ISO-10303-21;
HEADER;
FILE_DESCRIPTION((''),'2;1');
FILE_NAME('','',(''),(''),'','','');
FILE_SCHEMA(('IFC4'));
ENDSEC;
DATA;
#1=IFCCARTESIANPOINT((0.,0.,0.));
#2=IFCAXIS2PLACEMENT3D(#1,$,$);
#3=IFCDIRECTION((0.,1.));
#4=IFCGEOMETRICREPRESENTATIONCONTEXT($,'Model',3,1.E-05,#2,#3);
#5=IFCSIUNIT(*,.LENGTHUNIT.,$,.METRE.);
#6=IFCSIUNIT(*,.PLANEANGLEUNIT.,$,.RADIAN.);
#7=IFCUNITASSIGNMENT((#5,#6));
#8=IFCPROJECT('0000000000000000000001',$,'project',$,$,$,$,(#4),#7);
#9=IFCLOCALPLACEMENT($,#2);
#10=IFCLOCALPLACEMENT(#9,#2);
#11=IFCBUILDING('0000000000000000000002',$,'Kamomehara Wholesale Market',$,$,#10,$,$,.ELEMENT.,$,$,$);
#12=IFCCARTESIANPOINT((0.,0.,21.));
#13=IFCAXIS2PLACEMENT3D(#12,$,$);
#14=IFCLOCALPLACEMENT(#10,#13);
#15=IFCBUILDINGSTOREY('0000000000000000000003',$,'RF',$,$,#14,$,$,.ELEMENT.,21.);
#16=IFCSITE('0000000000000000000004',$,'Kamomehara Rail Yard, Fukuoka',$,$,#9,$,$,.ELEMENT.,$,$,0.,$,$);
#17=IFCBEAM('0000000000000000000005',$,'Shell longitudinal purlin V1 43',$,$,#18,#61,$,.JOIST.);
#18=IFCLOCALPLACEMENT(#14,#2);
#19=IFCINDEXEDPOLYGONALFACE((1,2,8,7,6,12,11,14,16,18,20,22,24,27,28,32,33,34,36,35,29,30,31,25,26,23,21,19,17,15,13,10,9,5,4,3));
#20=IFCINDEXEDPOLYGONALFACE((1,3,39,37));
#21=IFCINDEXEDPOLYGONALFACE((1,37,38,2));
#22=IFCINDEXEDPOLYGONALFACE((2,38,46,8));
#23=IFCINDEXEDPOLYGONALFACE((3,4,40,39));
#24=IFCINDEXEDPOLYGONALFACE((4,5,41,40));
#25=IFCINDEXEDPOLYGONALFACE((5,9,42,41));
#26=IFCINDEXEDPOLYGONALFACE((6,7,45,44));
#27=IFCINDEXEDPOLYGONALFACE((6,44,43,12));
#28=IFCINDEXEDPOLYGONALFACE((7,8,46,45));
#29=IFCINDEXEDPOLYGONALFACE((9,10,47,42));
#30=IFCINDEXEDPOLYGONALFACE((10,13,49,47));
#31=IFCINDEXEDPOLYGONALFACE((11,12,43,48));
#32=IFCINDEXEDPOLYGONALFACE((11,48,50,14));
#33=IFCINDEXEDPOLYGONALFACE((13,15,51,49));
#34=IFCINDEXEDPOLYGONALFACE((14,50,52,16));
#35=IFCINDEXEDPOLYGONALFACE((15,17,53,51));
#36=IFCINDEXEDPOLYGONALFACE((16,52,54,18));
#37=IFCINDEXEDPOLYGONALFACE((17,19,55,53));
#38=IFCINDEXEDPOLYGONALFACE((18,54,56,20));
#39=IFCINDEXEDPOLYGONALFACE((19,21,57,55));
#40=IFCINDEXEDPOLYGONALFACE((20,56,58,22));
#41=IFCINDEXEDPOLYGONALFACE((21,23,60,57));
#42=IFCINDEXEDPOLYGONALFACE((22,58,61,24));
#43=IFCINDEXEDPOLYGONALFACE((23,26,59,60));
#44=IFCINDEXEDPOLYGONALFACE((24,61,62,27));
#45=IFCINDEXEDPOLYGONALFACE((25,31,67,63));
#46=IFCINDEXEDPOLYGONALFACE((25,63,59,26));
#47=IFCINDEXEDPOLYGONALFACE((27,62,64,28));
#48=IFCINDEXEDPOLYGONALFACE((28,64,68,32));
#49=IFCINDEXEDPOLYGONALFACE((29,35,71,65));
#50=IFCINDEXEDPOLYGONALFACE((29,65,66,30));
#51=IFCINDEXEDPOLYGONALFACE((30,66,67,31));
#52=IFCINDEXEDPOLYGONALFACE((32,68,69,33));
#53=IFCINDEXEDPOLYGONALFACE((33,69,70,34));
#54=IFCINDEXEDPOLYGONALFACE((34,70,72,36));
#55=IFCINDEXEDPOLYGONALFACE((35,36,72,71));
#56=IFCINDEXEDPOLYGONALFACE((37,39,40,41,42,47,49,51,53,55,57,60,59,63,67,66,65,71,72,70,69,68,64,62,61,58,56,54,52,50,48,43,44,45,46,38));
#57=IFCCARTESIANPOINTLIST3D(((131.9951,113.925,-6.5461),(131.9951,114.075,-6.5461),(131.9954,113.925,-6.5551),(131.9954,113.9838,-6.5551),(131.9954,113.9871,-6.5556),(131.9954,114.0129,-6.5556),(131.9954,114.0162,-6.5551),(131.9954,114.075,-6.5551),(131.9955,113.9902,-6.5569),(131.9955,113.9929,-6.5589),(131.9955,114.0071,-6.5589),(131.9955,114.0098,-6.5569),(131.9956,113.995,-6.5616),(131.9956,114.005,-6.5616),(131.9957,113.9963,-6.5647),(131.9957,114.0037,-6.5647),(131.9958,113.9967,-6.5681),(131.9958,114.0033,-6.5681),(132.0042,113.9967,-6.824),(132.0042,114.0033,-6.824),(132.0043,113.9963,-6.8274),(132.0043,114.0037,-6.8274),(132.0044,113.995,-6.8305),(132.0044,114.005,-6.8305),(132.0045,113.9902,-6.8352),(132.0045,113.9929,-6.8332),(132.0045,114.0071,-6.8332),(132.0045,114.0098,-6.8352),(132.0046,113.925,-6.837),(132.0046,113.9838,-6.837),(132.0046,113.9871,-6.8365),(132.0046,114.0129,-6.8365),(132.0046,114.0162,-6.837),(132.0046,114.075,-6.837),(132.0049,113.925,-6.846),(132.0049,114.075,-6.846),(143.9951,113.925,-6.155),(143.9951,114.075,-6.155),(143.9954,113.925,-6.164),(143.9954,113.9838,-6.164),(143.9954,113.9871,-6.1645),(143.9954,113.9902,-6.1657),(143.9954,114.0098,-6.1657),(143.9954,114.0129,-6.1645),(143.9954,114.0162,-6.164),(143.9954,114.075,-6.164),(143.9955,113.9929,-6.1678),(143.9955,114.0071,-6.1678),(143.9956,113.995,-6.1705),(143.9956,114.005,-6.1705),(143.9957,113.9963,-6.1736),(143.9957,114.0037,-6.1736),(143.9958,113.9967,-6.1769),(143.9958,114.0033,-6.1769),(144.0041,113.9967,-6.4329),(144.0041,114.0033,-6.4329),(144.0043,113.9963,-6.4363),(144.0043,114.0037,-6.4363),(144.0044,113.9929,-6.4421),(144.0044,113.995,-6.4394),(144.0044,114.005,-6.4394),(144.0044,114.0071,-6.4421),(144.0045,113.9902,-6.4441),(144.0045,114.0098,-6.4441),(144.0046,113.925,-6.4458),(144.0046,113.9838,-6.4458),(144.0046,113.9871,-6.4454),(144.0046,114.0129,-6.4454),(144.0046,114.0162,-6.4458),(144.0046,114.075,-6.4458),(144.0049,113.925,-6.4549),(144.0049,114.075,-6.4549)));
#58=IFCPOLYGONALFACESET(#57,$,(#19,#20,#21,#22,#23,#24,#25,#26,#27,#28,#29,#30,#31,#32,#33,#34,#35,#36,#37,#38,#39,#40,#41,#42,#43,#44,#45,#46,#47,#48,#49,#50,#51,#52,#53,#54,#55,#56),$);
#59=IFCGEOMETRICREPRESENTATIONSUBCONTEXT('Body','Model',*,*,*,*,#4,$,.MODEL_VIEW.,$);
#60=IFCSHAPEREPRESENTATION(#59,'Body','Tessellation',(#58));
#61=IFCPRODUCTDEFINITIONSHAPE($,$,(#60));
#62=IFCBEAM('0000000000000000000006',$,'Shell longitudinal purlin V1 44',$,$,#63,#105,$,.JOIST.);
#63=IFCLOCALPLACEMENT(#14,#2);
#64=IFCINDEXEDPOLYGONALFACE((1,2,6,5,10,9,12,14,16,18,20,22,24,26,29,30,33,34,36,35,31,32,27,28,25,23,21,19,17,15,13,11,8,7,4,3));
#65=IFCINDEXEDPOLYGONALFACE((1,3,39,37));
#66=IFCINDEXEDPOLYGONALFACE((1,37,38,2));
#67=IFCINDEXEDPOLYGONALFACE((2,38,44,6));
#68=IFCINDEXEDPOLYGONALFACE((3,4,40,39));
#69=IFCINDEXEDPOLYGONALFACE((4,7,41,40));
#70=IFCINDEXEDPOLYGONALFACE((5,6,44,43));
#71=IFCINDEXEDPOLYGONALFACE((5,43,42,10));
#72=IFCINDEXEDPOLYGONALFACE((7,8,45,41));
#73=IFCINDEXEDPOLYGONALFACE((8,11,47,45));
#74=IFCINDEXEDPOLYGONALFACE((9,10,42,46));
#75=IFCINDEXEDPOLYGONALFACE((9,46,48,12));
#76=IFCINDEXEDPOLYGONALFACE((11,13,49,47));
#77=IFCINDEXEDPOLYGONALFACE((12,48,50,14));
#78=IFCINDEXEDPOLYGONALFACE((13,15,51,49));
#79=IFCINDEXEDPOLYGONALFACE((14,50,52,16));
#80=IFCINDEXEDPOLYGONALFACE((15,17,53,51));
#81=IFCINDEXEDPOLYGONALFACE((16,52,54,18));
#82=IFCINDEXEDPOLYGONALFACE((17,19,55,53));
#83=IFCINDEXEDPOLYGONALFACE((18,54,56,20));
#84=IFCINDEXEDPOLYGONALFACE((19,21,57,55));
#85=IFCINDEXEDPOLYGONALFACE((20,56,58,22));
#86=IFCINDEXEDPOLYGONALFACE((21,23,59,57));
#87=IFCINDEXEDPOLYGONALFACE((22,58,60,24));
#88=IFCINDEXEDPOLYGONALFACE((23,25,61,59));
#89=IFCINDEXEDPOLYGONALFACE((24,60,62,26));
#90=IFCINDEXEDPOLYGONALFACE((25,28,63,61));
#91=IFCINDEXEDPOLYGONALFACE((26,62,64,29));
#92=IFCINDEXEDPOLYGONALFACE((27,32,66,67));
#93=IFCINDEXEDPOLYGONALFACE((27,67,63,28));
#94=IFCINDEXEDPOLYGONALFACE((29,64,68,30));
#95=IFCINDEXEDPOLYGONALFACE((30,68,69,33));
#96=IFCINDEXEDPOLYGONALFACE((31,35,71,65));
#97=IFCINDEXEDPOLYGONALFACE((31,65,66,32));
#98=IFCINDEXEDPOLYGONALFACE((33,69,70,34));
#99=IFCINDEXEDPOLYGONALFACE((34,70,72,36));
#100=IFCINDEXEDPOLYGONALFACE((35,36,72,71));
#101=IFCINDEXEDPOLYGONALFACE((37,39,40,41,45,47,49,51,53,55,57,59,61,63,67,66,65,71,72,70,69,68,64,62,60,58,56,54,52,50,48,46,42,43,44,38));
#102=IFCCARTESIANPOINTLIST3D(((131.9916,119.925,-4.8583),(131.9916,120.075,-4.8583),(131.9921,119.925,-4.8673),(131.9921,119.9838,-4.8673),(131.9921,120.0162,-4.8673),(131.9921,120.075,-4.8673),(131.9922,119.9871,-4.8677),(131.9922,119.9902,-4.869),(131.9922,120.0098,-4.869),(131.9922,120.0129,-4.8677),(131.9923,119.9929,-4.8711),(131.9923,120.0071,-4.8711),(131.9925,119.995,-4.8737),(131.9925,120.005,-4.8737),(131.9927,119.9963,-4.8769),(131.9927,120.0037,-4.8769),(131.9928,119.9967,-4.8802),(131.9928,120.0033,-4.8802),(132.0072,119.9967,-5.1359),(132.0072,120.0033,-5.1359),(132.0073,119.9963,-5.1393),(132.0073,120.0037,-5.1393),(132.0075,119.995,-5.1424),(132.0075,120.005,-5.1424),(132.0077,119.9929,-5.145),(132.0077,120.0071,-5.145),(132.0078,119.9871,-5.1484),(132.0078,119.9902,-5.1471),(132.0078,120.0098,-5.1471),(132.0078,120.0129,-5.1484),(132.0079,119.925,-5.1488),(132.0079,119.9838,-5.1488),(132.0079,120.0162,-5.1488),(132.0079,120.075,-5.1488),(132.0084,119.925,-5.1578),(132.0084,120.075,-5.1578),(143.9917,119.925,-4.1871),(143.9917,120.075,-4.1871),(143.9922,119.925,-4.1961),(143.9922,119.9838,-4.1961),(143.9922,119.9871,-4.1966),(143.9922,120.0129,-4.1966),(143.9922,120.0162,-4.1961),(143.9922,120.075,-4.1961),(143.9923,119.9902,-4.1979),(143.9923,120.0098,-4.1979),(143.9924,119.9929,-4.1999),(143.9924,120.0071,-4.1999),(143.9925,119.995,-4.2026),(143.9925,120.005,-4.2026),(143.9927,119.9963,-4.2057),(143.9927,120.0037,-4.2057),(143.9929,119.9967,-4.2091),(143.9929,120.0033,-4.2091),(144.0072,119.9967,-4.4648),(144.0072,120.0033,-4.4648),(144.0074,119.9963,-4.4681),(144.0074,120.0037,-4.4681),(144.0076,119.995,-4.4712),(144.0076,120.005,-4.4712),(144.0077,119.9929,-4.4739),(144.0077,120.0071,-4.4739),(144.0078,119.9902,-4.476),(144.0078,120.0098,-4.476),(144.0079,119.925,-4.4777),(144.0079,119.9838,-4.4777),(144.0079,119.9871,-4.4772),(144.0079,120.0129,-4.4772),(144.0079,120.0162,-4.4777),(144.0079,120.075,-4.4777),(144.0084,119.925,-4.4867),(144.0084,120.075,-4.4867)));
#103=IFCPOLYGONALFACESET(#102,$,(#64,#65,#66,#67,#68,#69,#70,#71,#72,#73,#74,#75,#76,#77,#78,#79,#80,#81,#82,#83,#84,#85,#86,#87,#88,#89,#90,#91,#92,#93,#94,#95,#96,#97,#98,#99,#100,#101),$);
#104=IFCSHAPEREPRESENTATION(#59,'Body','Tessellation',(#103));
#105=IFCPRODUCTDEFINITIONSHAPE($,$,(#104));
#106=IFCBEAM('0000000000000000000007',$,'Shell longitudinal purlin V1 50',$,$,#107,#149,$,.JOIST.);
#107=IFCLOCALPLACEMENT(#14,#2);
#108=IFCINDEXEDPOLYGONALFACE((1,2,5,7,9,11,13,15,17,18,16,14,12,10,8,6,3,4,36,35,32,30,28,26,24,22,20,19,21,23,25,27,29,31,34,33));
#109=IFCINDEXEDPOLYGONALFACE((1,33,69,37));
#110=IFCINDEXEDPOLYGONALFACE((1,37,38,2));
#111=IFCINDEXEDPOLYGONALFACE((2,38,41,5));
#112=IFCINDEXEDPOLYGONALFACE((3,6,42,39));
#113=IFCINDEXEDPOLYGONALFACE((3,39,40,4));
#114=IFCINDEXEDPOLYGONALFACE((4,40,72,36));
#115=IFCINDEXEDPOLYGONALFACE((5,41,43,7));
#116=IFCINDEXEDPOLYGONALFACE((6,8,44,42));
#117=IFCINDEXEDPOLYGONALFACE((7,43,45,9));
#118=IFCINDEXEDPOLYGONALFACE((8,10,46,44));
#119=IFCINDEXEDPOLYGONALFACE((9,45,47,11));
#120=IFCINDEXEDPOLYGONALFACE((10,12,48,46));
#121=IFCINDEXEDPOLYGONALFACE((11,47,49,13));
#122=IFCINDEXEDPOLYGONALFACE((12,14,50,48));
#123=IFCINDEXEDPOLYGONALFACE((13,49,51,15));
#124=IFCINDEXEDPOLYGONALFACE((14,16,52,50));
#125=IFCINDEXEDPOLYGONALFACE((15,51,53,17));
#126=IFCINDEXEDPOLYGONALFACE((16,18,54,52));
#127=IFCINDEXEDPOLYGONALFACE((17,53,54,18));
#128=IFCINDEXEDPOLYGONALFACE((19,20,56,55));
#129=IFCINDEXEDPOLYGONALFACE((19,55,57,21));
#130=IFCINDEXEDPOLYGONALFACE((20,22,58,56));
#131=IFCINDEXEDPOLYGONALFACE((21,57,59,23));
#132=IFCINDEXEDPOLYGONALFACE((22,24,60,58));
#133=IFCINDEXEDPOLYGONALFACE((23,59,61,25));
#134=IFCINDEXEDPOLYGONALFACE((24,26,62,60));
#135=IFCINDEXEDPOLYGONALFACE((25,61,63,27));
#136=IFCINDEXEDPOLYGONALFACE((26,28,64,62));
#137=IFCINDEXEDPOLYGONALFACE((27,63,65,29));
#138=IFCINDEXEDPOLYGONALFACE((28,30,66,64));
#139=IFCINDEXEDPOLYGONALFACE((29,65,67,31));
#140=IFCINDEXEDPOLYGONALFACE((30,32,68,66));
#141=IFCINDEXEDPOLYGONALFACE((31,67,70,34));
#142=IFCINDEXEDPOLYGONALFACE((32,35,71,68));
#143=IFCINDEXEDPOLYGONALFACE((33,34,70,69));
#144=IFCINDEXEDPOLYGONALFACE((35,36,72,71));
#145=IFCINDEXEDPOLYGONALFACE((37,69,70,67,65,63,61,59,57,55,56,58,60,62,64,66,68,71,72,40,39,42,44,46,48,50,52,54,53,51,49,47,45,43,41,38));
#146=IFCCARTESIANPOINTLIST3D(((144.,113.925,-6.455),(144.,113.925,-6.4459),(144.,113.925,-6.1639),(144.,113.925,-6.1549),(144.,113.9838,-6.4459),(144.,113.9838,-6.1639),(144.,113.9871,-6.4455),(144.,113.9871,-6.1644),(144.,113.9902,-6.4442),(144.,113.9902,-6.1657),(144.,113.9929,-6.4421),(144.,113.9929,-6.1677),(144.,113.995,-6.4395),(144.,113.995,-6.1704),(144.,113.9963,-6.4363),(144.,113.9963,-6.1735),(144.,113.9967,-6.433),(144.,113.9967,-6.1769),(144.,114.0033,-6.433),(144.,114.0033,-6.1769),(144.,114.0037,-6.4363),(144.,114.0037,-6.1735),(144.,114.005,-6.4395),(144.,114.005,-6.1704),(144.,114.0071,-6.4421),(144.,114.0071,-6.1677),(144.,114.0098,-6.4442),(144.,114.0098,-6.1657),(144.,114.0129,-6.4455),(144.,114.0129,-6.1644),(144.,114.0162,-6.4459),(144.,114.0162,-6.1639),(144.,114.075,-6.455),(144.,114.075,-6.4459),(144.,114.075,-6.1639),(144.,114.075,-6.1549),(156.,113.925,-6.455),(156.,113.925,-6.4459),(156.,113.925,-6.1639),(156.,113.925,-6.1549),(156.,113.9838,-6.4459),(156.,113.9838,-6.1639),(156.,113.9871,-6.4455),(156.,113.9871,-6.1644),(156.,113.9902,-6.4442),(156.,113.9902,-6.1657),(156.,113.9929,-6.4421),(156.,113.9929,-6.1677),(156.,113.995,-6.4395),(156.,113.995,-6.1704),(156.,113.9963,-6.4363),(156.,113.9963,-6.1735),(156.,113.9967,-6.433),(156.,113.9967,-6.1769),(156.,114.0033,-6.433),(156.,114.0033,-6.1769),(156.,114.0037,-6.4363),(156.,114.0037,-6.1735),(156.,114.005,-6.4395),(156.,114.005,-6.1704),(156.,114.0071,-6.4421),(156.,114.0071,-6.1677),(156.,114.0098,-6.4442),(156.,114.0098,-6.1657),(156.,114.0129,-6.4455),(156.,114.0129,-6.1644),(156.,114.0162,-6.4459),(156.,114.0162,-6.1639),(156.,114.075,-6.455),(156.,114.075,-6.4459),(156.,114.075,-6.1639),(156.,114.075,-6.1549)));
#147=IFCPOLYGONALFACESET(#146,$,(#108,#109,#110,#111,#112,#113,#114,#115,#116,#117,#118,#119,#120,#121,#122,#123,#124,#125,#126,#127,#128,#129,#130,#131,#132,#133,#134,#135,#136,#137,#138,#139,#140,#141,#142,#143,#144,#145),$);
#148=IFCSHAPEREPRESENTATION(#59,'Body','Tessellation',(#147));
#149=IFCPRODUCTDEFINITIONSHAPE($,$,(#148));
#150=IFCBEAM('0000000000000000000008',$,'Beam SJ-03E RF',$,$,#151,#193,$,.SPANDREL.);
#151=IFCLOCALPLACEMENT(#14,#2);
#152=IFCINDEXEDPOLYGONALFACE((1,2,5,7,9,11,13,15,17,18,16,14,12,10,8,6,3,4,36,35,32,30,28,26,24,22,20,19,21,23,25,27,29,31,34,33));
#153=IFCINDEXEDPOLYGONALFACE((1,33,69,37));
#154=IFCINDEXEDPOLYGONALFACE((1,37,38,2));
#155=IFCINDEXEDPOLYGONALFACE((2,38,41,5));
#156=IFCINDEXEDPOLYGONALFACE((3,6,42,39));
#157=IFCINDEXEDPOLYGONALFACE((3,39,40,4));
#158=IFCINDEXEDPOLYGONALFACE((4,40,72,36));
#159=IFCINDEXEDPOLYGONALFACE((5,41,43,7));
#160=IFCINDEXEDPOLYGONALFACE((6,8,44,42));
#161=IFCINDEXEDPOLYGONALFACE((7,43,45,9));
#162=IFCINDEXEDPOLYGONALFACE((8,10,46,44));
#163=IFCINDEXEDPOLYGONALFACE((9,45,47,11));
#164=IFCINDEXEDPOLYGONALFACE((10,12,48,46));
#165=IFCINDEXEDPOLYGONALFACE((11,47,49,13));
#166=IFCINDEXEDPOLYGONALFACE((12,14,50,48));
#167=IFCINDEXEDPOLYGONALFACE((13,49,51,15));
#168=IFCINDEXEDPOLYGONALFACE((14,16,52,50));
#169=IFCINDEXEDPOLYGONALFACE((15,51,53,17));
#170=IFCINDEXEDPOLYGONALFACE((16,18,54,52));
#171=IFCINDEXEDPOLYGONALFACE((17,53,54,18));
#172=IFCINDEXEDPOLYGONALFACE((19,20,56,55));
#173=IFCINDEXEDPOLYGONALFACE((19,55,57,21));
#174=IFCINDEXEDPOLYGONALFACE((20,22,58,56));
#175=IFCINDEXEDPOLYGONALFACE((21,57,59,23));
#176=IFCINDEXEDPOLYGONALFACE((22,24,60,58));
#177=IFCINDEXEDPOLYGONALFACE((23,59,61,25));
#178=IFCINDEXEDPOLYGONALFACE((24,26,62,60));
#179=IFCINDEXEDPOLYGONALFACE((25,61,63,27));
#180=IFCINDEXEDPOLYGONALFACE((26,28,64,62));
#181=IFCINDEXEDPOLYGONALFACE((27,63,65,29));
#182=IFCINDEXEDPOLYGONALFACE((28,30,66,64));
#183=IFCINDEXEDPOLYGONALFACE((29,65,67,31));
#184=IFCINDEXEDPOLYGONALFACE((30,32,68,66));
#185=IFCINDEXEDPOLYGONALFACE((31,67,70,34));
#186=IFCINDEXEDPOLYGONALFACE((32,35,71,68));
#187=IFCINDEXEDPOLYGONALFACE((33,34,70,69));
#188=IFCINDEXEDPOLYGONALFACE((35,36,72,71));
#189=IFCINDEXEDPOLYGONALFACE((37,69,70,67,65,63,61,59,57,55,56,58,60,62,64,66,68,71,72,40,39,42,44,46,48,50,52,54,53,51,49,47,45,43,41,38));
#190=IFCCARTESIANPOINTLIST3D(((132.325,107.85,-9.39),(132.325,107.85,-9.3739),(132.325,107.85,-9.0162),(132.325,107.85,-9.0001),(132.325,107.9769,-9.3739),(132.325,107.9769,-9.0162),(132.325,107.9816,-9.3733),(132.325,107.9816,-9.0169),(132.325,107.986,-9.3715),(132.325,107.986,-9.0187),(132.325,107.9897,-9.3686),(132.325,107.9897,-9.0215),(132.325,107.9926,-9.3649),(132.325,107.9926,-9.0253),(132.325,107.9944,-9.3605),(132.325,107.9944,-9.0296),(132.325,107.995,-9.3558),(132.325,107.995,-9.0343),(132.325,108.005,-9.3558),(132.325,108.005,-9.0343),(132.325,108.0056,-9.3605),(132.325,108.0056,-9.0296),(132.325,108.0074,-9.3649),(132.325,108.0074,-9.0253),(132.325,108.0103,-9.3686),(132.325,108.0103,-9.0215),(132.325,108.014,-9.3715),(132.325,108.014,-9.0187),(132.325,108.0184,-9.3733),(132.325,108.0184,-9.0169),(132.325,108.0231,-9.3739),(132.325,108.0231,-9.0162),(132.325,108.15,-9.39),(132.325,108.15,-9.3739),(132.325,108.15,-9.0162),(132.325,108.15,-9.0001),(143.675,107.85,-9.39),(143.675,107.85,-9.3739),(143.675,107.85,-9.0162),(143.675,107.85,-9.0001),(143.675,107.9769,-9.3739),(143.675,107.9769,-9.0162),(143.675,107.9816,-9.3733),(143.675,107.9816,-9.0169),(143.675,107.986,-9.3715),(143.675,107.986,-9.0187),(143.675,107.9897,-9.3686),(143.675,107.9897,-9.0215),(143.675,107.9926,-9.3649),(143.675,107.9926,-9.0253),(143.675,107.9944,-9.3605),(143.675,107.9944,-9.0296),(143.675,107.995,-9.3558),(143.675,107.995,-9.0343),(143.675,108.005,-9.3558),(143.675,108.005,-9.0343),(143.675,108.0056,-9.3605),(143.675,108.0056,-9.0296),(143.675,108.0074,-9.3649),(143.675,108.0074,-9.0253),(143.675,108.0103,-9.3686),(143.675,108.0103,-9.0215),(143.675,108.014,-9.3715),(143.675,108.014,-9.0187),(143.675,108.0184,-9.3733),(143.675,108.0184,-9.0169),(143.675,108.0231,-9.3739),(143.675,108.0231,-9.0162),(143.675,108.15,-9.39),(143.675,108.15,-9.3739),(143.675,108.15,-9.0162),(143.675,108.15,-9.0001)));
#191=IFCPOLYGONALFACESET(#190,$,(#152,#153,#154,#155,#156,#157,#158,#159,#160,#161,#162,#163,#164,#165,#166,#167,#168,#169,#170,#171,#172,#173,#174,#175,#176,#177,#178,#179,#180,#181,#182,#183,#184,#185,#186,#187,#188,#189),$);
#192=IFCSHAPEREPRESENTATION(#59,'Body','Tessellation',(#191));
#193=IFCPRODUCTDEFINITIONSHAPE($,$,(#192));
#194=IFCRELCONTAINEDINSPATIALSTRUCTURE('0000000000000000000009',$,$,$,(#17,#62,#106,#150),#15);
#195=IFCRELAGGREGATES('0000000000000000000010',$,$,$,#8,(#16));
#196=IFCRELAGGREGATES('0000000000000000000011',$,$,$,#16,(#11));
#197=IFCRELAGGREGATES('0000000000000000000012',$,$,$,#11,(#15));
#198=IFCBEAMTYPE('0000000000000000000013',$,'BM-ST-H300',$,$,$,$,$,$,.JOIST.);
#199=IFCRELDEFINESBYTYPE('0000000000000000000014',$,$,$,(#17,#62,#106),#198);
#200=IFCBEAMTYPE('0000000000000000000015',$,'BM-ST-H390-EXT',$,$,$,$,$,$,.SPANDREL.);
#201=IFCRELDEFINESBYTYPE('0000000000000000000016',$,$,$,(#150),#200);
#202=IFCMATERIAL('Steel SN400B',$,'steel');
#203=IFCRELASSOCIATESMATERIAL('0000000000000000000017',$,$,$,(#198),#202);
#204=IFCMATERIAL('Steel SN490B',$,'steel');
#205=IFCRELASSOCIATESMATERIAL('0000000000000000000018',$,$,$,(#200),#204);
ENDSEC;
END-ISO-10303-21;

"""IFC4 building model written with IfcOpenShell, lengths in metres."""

from ifc_helpers import new_model, si_unit, direction, frame, origin, origin_2d, place, context, subcontext, project, spatial, i_section, extrude, material, material_profile, profile_set, type_object, element, save


model = new_model("IFC4")

# Units and contexts
model_context = context("Model", 3, precision=1e-05, world=origin(), true_north=direction((0.0, 1.0)))
body_context = subcontext(model_context, "Body", "Model", "MODEL_VIEW")
ifc_project = project(units=[si_unit("LENGTHUNIT", "METRE"), si_unit("PLANEANGLEUNIT", "RADIAN")], contexts=[model_context])

# Site, building, storey
site_placement = place(None, origin())
site = spatial("IfcSite", under=ifc_project, at=site_placement, Name="Kamomehara Rail Yard, Fukuoka", CompositionType="ELEMENT", RefElevation=0.0)
building_placement = place(site_placement, origin())
building = spatial("IfcBuilding", under=site, at=building_placement, Name="Kamomehara Wholesale Market", CompositionType="ELEMENT")
storey_placement = place(building_placement, frame((0.0, 0.0, 21.0)))
storey = spatial("IfcBuildingStorey", under=building, at=storey_placement, Name="RF", CompositionType="ELEMENT", Elevation=21.0)

# Beams
ifc_material_1 = material(Name="Steel SN400B", Category="steel")
ifc_material_profile_1 = material_profile(ifc_material_1, i_section(OverallWidth=0.1499, OverallDepth=0.3, WebThickness=0.0066, FlangeThickness=0.009, FilletRadius=0.0129, at=origin_2d()), Name="H-300x150x6.5x9")
ifc_profile_set_1 = profile_set([ifc_material_profile_1], Name="Steel SN400B")
beam_type_1 = type_object("IfcBeamType", Name="BM-ST-H300", PredefinedType="JOIST", material=ifc_profile_set_1)
beam_1_placement = place(storey_placement, frame((132.0, 114.0, -6.696), z_axis=(0.999469, 0.0, 0.032575), x_axis=(0.0, 1.0, 0.0)))
element("IfcBeam", 1, at=beam_1_placement, inside=storey, type_object=beam_type_1, Name="Shell longitudinal purlin V1 43", PredefinedType="JOIST", context=body_context, shape_type="SweptSolid", body=[
    extrude(i_section(OverallWidth=0.1499, OverallDepth=0.3, WebThickness=0.0066, FlangeThickness=0.009, FilletRadius=0.0129, at=origin_2d()), origin(), (0.0, 0.0, 1.0), 12.0063),
])
beam_2_placement = place(storey_placement, frame((132.0, 120.0, -5.0081), z_axis=(0.99844, 0.0, 0.055841), x_axis=(0.0, 1.0, 0.0)))
element("IfcBeam", 2, at=beam_2_placement, inside=storey, type_object=beam_type_1, Name="Shell longitudinal purlin V1 44", PredefinedType="JOIST", context=body_context, shape_type="SweptSolid", body=[
    extrude(i_section(OverallWidth=0.1499, OverallDepth=0.3, WebThickness=0.0066, FlangeThickness=0.009, FilletRadius=0.0129, at=origin_2d()), origin(), (0.0, 0.0, 1.0), 12.0188),
])
beam_3_placement = place(storey_placement, frame((144.0, 114.0, -6.3049), z_axis=(1.0, 0.0, 0.0), x_axis=(0.0, 1.0, 0.0)))
element("IfcBeam", 3, at=beam_3_placement, inside=storey, type_object=beam_type_1, Name="Shell longitudinal purlin V1 50", PredefinedType="JOIST", context=body_context, shape_type="SweptSolid", body=[
    extrude(i_section(OverallWidth=0.1499, OverallDepth=0.3, WebThickness=0.0066, FlangeThickness=0.009, FilletRadius=0.0129, at=origin_2d()), origin(), (0.0, 0.0, 1.0), 12.0),
])
ifc_material_2 = material(Name="Steel SN490B", Category="steel")
ifc_material_profile_2 = material_profile(ifc_material_2, i_section(OverallWidth=0.3, OverallDepth=0.3899, WebThickness=0.01, FlangeThickness=0.0161, FilletRadius=0.0181, at=origin_2d()), Name="H-390x300x10x16")
ifc_profile_set_2 = profile_set([ifc_material_profile_2], Name="Steel SN490B")
beam_type_2 = type_object("IfcBeamType", Name="BM-ST-H390-EXT", PredefinedType="SPANDREL", material=ifc_profile_set_2)
beam_4_placement = place(storey_placement, frame((132.325, 108.0, -9.1951), z_axis=(1.0, 0.0, 0.0), x_axis=(0.0, 1.0, 0.0)))
element("IfcBeam", 4, at=beam_4_placement, inside=storey, type_object=beam_type_2, Name="Beam SJ-03E RF", PredefinedType="SPANDREL", context=body_context, shape_type="SweptSolid", body=[
    extrude(i_section(OverallWidth=0.3, OverallDepth=0.3899, WebThickness=0.01, FlangeThickness=0.0161, FilletRadius=0.0181, at=origin_2d()), origin(), (0.0, 0.0, 1.0), 11.3501),
])

save(model, "model.ifc")
